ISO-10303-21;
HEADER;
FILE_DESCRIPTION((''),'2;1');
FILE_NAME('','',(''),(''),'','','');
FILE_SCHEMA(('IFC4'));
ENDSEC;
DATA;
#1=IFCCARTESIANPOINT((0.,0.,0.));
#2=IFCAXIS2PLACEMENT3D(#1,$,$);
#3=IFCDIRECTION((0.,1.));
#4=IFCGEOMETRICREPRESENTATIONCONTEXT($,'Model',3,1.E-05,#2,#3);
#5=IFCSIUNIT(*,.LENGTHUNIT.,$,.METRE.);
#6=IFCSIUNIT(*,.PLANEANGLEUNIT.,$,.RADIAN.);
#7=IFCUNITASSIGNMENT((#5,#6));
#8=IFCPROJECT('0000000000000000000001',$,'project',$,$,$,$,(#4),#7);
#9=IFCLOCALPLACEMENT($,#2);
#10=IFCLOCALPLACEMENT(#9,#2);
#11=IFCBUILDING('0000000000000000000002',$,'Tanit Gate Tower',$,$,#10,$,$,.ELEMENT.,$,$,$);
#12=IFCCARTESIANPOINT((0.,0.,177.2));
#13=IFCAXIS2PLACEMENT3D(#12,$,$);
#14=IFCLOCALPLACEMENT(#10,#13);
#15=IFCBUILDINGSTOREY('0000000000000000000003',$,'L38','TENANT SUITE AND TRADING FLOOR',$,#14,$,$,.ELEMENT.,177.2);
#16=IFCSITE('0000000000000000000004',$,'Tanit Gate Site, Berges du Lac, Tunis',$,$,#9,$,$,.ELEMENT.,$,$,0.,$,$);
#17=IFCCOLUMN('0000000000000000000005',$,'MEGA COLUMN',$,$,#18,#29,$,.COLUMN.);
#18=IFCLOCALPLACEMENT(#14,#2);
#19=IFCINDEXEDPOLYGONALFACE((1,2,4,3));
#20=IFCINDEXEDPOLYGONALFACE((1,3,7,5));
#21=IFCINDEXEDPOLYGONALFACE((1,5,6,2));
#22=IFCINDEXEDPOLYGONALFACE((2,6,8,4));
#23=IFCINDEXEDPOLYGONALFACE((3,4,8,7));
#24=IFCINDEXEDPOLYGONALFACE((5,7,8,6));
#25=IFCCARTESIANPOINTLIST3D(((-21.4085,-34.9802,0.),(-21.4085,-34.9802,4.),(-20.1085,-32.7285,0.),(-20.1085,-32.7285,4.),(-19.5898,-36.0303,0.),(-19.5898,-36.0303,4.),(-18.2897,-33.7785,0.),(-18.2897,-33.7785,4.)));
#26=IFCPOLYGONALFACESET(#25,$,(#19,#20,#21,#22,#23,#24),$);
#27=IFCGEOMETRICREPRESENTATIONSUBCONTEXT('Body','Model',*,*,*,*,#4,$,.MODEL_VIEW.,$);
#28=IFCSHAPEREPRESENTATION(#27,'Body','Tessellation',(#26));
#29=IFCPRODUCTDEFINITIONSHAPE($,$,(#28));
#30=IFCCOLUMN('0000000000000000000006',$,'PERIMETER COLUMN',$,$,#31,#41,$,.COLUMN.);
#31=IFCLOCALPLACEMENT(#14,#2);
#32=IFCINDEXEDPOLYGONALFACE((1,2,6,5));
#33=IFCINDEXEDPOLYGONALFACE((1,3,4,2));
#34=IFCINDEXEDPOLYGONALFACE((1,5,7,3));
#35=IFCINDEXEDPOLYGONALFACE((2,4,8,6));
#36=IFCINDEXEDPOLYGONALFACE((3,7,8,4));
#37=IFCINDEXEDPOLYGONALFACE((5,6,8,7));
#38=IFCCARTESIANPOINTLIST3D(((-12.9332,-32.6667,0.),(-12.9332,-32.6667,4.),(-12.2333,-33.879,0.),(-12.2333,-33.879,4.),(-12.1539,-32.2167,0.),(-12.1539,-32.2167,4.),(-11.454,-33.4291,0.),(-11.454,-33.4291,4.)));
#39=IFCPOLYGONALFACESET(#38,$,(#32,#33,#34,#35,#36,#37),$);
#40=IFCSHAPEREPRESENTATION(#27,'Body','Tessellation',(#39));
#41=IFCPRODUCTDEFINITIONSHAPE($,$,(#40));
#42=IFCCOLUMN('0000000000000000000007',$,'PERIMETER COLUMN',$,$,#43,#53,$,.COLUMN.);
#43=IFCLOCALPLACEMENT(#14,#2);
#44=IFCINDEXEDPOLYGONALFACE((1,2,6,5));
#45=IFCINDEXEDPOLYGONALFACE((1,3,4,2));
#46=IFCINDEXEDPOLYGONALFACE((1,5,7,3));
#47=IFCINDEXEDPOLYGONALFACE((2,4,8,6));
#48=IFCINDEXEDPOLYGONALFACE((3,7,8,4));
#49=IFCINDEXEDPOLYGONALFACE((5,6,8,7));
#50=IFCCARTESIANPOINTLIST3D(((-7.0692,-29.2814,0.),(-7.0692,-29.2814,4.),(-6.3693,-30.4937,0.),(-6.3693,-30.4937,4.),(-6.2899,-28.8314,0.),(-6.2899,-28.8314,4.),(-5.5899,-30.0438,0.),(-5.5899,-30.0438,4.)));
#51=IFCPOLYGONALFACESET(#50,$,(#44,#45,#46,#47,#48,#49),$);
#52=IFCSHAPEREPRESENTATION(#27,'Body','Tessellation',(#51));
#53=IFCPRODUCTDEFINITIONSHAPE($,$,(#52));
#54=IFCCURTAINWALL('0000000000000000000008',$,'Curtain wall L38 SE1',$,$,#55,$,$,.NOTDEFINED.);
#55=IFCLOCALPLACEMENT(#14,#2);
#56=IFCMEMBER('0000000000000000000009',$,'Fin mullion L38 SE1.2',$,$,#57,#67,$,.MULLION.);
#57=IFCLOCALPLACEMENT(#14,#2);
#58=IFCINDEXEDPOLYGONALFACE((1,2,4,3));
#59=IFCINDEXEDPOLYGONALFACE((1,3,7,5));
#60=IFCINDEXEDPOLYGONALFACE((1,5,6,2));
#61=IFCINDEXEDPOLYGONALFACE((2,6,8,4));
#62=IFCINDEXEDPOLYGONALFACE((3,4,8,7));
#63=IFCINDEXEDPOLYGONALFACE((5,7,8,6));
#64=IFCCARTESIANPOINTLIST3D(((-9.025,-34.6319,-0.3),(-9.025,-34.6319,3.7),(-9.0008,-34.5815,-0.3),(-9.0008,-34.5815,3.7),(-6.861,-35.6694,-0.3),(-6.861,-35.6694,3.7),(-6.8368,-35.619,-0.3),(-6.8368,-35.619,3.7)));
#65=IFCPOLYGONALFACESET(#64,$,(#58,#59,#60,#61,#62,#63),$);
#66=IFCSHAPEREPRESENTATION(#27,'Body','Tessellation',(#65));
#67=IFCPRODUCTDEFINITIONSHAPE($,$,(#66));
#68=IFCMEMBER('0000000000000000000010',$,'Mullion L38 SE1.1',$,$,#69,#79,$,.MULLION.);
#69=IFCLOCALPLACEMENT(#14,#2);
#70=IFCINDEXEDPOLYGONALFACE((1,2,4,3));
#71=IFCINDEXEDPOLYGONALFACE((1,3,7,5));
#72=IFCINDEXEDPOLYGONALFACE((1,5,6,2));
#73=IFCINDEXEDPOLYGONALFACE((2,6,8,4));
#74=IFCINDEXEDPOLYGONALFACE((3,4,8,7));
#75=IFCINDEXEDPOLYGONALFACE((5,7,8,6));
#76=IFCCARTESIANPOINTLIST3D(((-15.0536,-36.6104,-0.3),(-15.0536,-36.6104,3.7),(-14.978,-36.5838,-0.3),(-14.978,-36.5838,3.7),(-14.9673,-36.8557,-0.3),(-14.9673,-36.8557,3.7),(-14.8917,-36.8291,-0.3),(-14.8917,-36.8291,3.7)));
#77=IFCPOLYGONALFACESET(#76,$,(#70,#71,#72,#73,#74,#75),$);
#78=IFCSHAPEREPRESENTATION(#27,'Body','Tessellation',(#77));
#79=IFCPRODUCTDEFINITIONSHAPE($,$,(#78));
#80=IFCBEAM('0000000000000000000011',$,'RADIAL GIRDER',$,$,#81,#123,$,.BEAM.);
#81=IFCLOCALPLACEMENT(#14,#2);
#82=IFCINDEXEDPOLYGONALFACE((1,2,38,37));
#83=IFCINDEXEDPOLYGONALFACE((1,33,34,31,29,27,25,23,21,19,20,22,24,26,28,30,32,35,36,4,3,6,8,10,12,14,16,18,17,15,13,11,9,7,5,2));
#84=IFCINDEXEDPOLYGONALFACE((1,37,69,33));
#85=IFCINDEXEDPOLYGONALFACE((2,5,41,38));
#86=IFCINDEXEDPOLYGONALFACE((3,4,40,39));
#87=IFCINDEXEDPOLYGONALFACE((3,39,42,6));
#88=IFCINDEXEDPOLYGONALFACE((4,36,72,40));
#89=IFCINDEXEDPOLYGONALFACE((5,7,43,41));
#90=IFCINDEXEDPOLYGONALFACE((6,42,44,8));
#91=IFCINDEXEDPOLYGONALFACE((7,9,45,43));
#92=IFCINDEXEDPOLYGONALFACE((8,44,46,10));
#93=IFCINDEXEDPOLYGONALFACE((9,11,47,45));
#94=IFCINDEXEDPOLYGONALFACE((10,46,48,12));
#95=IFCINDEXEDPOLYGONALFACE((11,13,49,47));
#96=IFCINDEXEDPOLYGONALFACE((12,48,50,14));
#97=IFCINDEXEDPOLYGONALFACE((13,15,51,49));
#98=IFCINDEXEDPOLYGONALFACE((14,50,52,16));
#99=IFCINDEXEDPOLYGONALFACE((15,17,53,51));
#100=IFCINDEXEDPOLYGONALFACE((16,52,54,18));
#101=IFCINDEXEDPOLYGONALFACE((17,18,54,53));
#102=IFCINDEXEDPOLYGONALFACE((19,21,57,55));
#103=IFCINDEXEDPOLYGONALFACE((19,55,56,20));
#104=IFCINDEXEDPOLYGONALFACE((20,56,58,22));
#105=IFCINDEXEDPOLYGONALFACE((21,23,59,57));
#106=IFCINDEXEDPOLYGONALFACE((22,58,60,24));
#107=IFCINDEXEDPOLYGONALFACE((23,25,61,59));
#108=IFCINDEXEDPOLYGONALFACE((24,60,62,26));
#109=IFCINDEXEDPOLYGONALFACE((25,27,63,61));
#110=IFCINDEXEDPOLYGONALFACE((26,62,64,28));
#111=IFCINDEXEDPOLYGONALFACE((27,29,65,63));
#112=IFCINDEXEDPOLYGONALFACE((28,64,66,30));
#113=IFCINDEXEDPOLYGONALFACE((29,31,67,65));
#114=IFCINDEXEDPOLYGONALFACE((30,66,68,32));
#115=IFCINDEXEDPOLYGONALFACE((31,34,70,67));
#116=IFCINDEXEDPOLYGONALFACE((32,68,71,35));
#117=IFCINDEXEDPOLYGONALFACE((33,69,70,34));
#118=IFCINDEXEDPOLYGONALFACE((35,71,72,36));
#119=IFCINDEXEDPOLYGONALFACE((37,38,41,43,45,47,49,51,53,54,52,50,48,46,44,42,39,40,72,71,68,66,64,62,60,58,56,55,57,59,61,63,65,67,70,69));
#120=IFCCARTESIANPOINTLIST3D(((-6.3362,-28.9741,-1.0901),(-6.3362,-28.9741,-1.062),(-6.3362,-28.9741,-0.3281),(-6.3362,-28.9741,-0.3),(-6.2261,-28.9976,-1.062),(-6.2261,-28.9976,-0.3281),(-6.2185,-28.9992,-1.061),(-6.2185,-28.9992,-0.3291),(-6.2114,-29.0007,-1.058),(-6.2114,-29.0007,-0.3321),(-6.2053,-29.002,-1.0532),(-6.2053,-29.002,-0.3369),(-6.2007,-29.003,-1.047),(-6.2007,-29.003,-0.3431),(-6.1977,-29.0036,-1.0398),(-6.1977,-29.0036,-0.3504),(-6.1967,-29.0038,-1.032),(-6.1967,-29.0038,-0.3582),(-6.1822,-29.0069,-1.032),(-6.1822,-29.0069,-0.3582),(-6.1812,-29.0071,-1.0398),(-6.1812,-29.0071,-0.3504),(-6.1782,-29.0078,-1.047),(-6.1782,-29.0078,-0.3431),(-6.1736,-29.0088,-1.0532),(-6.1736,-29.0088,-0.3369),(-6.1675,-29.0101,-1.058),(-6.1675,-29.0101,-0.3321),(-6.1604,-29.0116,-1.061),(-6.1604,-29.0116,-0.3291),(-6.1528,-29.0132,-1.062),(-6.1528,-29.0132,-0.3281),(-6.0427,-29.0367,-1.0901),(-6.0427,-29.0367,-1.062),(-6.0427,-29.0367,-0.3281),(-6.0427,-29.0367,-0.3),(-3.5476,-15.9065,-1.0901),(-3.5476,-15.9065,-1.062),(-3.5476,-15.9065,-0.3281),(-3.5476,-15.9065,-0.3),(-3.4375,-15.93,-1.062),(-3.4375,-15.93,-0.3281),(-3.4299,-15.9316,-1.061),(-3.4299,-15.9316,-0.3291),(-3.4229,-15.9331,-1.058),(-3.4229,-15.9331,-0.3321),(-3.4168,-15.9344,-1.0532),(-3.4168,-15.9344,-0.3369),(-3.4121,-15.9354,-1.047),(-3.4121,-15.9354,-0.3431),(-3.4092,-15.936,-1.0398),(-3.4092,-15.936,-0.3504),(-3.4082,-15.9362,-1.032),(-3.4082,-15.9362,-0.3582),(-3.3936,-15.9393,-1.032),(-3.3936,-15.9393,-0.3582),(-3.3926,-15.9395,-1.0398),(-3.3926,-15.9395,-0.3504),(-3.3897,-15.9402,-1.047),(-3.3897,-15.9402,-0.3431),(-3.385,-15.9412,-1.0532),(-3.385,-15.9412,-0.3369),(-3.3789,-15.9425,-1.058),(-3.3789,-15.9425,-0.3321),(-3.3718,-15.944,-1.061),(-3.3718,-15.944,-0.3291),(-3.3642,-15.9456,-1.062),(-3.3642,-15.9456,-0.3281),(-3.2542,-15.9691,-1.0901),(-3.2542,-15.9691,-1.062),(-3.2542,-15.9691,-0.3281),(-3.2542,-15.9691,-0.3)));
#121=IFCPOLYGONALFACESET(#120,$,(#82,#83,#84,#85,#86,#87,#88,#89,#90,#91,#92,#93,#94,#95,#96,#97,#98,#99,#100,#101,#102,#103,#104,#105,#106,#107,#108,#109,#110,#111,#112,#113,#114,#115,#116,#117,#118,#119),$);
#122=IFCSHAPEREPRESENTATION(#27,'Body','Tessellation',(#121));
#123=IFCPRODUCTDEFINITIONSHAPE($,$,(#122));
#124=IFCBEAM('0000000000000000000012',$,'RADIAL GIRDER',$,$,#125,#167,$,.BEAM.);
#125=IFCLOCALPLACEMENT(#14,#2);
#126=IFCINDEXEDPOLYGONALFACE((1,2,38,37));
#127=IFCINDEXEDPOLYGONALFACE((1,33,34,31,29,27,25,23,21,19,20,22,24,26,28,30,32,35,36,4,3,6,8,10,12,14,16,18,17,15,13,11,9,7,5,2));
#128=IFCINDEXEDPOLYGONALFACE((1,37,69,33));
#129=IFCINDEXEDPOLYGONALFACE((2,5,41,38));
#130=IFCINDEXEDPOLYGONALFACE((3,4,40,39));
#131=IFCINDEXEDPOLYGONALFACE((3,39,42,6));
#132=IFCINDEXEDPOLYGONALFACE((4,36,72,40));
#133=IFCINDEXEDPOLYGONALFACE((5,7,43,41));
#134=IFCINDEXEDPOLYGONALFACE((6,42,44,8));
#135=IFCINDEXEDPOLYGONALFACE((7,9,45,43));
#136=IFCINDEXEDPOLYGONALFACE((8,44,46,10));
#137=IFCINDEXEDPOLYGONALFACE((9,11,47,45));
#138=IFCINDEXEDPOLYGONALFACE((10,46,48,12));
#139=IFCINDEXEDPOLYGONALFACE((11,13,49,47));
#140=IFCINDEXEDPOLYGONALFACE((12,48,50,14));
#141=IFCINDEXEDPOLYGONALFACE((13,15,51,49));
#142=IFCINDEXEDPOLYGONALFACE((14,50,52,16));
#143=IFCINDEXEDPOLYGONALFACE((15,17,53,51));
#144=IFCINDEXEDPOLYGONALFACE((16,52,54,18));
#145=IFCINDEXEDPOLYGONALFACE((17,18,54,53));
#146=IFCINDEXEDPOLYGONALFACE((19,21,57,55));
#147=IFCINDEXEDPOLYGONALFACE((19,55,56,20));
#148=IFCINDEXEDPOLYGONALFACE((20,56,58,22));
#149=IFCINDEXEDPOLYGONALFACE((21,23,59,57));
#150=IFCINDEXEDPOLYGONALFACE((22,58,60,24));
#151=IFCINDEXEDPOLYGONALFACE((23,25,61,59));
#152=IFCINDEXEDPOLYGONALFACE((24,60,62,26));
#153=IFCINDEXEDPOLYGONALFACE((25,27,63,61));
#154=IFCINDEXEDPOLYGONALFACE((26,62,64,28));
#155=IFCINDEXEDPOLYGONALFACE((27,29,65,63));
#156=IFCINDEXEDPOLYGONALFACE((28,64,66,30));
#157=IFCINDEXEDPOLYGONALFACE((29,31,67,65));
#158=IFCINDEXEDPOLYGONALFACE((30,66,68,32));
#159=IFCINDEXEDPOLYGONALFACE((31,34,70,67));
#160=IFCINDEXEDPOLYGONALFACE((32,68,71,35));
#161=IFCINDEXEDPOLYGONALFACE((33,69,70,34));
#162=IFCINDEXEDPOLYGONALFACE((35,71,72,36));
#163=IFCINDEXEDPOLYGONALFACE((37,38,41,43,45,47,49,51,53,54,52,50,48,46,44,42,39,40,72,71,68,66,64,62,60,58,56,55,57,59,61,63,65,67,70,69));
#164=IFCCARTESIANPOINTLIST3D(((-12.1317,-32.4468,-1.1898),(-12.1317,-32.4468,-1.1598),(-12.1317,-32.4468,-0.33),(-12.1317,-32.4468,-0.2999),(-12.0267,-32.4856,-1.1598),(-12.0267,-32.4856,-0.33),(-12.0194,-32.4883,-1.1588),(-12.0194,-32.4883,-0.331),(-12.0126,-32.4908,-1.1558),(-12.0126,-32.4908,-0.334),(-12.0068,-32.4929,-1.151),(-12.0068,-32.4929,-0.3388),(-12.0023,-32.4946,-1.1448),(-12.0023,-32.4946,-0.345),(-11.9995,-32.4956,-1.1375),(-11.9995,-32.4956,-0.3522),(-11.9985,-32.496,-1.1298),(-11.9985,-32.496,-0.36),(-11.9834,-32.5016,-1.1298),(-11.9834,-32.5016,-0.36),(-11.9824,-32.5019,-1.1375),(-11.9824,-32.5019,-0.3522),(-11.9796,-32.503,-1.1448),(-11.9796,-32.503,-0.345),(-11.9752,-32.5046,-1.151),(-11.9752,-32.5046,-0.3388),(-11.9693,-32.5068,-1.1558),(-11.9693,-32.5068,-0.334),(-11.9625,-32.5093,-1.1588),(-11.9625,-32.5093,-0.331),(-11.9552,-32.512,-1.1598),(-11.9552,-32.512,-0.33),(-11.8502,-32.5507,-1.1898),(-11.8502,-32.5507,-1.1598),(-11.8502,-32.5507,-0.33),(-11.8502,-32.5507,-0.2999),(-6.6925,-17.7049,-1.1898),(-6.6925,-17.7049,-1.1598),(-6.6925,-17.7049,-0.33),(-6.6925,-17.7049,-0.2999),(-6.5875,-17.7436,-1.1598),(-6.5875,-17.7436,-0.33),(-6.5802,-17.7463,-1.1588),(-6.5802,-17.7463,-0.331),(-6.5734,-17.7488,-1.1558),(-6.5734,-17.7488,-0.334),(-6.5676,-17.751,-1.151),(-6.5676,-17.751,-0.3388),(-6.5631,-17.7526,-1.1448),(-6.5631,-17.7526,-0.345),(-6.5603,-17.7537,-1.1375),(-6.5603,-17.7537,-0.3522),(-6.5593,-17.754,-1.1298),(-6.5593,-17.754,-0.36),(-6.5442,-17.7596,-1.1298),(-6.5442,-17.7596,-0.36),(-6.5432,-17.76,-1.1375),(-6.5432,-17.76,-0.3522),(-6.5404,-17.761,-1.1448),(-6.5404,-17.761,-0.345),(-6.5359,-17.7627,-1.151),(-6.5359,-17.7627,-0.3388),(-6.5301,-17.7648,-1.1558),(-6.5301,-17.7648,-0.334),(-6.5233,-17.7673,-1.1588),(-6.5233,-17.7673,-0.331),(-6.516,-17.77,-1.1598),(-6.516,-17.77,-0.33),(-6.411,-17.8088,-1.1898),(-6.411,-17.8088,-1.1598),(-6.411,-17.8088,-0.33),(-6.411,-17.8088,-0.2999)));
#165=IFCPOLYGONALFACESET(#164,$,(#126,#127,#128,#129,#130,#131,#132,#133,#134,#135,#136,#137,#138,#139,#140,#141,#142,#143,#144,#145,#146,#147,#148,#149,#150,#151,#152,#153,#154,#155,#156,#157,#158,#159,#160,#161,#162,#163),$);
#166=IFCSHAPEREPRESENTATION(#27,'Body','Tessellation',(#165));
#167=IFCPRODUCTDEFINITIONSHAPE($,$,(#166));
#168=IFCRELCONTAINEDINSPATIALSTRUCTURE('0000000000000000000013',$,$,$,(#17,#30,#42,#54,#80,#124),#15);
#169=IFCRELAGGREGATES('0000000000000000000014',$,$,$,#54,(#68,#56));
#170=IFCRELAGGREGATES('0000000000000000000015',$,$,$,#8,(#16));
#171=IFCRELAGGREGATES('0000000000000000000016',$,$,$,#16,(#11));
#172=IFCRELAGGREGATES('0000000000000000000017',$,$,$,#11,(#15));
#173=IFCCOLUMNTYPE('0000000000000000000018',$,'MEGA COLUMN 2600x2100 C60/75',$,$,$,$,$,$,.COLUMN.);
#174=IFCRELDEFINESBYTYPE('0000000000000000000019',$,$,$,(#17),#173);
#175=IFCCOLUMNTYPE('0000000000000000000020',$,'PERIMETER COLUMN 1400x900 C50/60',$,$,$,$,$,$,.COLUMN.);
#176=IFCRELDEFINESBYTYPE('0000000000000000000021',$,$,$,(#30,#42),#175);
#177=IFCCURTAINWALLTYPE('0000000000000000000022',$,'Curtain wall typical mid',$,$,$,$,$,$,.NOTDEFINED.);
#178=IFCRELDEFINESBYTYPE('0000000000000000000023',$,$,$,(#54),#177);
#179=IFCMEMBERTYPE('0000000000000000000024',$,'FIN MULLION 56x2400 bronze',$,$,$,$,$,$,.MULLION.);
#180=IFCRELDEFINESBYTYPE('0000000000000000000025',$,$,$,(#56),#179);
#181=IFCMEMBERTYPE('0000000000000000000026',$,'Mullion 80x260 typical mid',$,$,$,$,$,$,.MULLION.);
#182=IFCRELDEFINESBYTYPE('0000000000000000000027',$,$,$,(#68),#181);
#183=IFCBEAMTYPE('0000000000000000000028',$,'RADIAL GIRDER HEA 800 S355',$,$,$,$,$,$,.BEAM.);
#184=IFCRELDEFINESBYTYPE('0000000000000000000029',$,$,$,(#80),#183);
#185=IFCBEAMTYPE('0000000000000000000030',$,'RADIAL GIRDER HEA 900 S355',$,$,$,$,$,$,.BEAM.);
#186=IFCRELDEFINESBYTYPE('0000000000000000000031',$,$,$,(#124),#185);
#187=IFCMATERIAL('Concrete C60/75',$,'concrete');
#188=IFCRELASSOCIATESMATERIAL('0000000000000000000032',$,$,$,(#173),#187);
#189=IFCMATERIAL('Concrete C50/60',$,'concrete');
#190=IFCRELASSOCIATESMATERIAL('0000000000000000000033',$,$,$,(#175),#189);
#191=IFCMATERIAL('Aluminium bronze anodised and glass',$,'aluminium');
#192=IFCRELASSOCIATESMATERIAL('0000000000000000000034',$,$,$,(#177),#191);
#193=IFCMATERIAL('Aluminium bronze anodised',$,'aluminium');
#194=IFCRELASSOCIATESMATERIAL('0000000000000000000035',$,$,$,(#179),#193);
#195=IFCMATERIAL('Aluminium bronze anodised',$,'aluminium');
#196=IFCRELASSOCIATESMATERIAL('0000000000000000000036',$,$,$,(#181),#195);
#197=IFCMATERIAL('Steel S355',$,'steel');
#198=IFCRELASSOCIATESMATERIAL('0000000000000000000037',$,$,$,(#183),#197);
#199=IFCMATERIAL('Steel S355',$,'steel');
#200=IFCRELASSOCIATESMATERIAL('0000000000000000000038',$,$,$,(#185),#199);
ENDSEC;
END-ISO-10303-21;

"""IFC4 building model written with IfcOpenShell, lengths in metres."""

from ifc_helpers import new_model, si_unit, direction, frame, origin, origin_2d, place, context, subcontext, project, spatial, rectangle, i_section, extrude, material, material_profile, profile_set, type_object, element, aggregate, save


model = new_model("IFC4")

# Units and contexts
model_context = context("Model", 3, precision=1e-05, world=origin(), true_north=direction((0.0, 1.0)))
body_context = subcontext(model_context, "Body", "Model", "MODEL_VIEW")
ifc_project = project(units=[si_unit("LENGTHUNIT", "METRE"), si_unit("PLANEANGLEUNIT", "RADIAN")], contexts=[model_context])

# Site, building, storey
site_placement = place(None, origin())
site = spatial("IfcSite", under=ifc_project, at=site_placement, Name="Tanit Gate Site, Berges du Lac, Tunis", CompositionType="ELEMENT", RefElevation=0.0)
building_placement = place(site_placement, origin())
building = spatial("IfcBuilding", under=site, at=building_placement, Name="Tanit Gate Tower", CompositionType="ELEMENT")
storey_placement = place(building_placement, frame((0.0, 0.0, 177.2)))
storey = spatial("IfcBuildingStorey", under=building, at=storey_placement, Name="L38", Description="TENANT SUITE AND TRADING FLOOR", CompositionType="ELEMENT", Elevation=177.2)

# Columns
ifc_material_1 = material(Name="Concrete C60/75", Category="concrete")
ifc_material_profile_1 = material_profile(ifc_material_1, rectangle(XDim=2.6001, YDim=2.1001, at=origin_2d()), Name="RC 2600x2100")
ifc_profile_set_1 = profile_set([ifc_material_profile_1], Name="Concrete C60/75")
column_type_1 = type_object("IfcColumnType", Name="MEGA COLUMN 2600x2100 C60/75", PredefinedType="COLUMN", material=ifc_profile_set_1)
column_placement = place(storey_placement, frame((-19.8491, -34.3794, 0.0), z_axis=(0.0, 0.0, 1.0), x_axis=(-0.5, -0.866025, 0.0)))
element("IfcColumn", 1, at=column_placement, inside=storey, type_object=column_type_1, Name="MEGA COLUMN", PredefinedType="COLUMN", context=body_context, shape_type="SweptSolid", body=[
    extrude(rectangle(XDim=2.6001, YDim=2.1001, at=origin_2d()), origin(), (0.0, 0.0, 1.0), 4.0),
])
ifc_material_2 = material(Name="Concrete C50/60", Category="concrete")
ifc_material_profile_2 = material_profile(ifc_material_2, rectangle(XDim=1.3999, YDim=0.8999, at=origin_2d()), Name="RC 1400x900")
ifc_profile_set_2 = profile_set([ifc_material_profile_2], Name="Concrete C50/60")
column_type_2 = type_object("IfcColumnType", Name="PERIMETER COLUMN 1400x900 C50/60", PredefinedType="COLUMN", material=ifc_profile_set_2)
for number, where, z_axis, x_axis, name in (
    (2, (-12.1936, -33.0479, 0.0), (0.0, 0.0, 1.0), (0.5, -0.866025, 0.0), "PERIMETER COLUMN"),
    (3, (-6.3296, -29.6626, 0.0), (0.0, 0.0, 1.0), (0.5, -0.866025, 0.0), "PERIMETER COLUMN"),
):
    element("IfcColumn", number, at=place(storey_placement, frame(where, z_axis=z_axis, x_axis=x_axis)), inside=storey, type_object=column_type_2, Name=name, PredefinedType="COLUMN", context=body_context, shape_type="SweptSolid", body=[
        extrude(rectangle(XDim=1.3999, YDim=0.8999, at=origin_2d()), origin(), (0.0, 0.0, 1.0), 4.0),
    ])

# Curtain wall, members
ifc_material_3 = material(Name="Aluminium bronze anodised and glass", Category="aluminium")
curtain_wall_type = type_object("IfcCurtainWallType", Name="Curtain wall typical mid", PredefinedType="NOTDEFINED", material=ifc_material_3)
curtain_wall_placement = place(storey_placement, origin())
curtain_wall = element("IfcCurtainWall", 4, at=curtain_wall_placement, inside=storey, type_object=curtain_wall_type, Name="Curtain wall L38 SE1", PredefinedType="NOTDEFINED")
ifc_material_4 = material(Name="Aluminium bronze anodised", Category="aluminium")
ifc_material_profile_3 = material_profile(ifc_material_4, rectangle(XDim=2.3999, YDim=0.0559, at=origin_2d()), Name="56x2400 bronze fin mullion")
ifc_profile_set_3 = profile_set([ifc_material_profile_3], Name="Aluminium bronze anodised")
member_type_1 = type_object("IfcMemberType", Name="FIN MULLION 56x2400 bronze", PredefinedType="MULLION", material=ifc_profile_set_3)
member_1_placement = place(storey_placement, frame((-7.9309, -35.1255, -0.3), z_axis=(0.0, 0.0, 1.0), x_axis=(-0.901725, 0.43231, 0.0)))
member_1 = element("IfcMember", 5, at=member_1_placement, type_object=member_type_1, Name="Fin mullion L38 SE1.2", PredefinedType="MULLION", context=body_context, shape_type="SweptSolid", body=[
    extrude(rectangle(XDim=2.3999, YDim=0.0559, at=origin_2d()), origin(), (0.0, 0.0, 1.0), 4.0),
])
ifc_material_5 = material(Name="Aluminium bronze anodised", Category="aluminium")
ifc_material_profile_4 = material_profile(ifc_material_5, rectangle(XDim=0.26, YDim=0.0801, at=origin_2d()), Name="80x260 bronze mullion")
ifc_profile_set_4 = profile_set([ifc_material_profile_4], Name="Aluminium bronze anodised")
member_type_2 = type_object("IfcMemberType", Name="Mullion 80x260 typical mid", PredefinedType="MULLION", material=ifc_profile_set_4)
member_2_placement = place(storey_placement, frame((-14.9727, -36.7197, -0.3), z_axis=(0.0, 0.0, 1.0), x_axis=(-0.331926, 0.943305, 0.0)))
member_2 = element("IfcMember", 6, at=member_2_placement, type_object=member_type_2, Name="Mullion L38 SE1.1", PredefinedType="MULLION", context=body_context, shape_type="SweptSolid", body=[
    extrude(rectangle(XDim=0.26, YDim=0.0801, at=origin_2d()), origin(), (0.0, 0.0, 1.0), 4.0),
])

# Beams
ifc_material_6 = material(Name="Steel S355", Category="steel")
ifc_material_profile_5 = material_profile(ifc_material_6, i_section(OverallWidth=0.3, OverallDepth=0.79, WebThickness=0.0149, FlangeThickness=0.0281, FilletRadius=0.03, at=origin_2d()), Name="HEA 800")
ifc_profile_set_5 = profile_set([ifc_material_profile_5], Name="Steel S355")
beam_type_1 = type_object("IfcBeamType", Name="RADIAL GIRDER HEA 800 S355", PredefinedType="BEAM", material=ifc_profile_set_5)
beam_1_placement = place(storey_placement, frame((-6.1895, -29.0054, -0.6951), z_axis=(0.208697, 0.97798, 0.0), x_axis=(-0.97798, 0.208697, 0.0)))
element("IfcBeam", 7, at=beam_1_placement, inside=storey, type_object=beam_type_1, Name="RADIAL GIRDER", PredefinedType="BEAM", context=body_context, shape_type="SweptSolid", body=[
    extrude(i_section(OverallWidth=0.3, OverallDepth=0.79, WebThickness=0.0149, FlangeThickness=0.0281, FilletRadius=0.03, at=origin_2d()), origin(), (0.0, 0.0, 1.0), 13.3618),
])
ifc_material_7 = material(Name="Steel S355", Category="steel")
ifc_material_profile_6 = material_profile(ifc_material_7, i_section(OverallWidth=0.3, OverallDepth=0.8899, WebThickness=0.0161, FlangeThickness=0.03, FilletRadius=0.03, at=origin_2d()), Name="HEA 900")
ifc_profile_set_6 = profile_set([ifc_material_profile_6], Name="Steel S355")
beam_type_2 = type_object("IfcBeamType", Name="RADIAL GIRDER HEA 900 S355", PredefinedType="BEAM", material=ifc_profile_set_6)
beam_2_placement = place(storey_placement, frame((-11.991, -32.4988, -0.7449), z_axis=(0.346152, 0.938179, 0.0), x_axis=(-0.938179, 0.346152, 0.0)))
element("IfcBeam", 8, at=beam_2_placement, inside=storey, type_object=beam_type_2, Name="RADIAL GIRDER", PredefinedType="BEAM", context=body_context, shape_type="SweptSolid", body=[
    extrude(i_section(OverallWidth=0.3, OverallDepth=0.8899, WebThickness=0.0161, FlangeThickness=0.03, FilletRadius=0.03, at=origin_2d()), origin(), (0.0, 0.0, 1.0), 15.7134),
])

aggregate(curtain_wall, [member_2, member_1])

save(model, "model.ifc")
